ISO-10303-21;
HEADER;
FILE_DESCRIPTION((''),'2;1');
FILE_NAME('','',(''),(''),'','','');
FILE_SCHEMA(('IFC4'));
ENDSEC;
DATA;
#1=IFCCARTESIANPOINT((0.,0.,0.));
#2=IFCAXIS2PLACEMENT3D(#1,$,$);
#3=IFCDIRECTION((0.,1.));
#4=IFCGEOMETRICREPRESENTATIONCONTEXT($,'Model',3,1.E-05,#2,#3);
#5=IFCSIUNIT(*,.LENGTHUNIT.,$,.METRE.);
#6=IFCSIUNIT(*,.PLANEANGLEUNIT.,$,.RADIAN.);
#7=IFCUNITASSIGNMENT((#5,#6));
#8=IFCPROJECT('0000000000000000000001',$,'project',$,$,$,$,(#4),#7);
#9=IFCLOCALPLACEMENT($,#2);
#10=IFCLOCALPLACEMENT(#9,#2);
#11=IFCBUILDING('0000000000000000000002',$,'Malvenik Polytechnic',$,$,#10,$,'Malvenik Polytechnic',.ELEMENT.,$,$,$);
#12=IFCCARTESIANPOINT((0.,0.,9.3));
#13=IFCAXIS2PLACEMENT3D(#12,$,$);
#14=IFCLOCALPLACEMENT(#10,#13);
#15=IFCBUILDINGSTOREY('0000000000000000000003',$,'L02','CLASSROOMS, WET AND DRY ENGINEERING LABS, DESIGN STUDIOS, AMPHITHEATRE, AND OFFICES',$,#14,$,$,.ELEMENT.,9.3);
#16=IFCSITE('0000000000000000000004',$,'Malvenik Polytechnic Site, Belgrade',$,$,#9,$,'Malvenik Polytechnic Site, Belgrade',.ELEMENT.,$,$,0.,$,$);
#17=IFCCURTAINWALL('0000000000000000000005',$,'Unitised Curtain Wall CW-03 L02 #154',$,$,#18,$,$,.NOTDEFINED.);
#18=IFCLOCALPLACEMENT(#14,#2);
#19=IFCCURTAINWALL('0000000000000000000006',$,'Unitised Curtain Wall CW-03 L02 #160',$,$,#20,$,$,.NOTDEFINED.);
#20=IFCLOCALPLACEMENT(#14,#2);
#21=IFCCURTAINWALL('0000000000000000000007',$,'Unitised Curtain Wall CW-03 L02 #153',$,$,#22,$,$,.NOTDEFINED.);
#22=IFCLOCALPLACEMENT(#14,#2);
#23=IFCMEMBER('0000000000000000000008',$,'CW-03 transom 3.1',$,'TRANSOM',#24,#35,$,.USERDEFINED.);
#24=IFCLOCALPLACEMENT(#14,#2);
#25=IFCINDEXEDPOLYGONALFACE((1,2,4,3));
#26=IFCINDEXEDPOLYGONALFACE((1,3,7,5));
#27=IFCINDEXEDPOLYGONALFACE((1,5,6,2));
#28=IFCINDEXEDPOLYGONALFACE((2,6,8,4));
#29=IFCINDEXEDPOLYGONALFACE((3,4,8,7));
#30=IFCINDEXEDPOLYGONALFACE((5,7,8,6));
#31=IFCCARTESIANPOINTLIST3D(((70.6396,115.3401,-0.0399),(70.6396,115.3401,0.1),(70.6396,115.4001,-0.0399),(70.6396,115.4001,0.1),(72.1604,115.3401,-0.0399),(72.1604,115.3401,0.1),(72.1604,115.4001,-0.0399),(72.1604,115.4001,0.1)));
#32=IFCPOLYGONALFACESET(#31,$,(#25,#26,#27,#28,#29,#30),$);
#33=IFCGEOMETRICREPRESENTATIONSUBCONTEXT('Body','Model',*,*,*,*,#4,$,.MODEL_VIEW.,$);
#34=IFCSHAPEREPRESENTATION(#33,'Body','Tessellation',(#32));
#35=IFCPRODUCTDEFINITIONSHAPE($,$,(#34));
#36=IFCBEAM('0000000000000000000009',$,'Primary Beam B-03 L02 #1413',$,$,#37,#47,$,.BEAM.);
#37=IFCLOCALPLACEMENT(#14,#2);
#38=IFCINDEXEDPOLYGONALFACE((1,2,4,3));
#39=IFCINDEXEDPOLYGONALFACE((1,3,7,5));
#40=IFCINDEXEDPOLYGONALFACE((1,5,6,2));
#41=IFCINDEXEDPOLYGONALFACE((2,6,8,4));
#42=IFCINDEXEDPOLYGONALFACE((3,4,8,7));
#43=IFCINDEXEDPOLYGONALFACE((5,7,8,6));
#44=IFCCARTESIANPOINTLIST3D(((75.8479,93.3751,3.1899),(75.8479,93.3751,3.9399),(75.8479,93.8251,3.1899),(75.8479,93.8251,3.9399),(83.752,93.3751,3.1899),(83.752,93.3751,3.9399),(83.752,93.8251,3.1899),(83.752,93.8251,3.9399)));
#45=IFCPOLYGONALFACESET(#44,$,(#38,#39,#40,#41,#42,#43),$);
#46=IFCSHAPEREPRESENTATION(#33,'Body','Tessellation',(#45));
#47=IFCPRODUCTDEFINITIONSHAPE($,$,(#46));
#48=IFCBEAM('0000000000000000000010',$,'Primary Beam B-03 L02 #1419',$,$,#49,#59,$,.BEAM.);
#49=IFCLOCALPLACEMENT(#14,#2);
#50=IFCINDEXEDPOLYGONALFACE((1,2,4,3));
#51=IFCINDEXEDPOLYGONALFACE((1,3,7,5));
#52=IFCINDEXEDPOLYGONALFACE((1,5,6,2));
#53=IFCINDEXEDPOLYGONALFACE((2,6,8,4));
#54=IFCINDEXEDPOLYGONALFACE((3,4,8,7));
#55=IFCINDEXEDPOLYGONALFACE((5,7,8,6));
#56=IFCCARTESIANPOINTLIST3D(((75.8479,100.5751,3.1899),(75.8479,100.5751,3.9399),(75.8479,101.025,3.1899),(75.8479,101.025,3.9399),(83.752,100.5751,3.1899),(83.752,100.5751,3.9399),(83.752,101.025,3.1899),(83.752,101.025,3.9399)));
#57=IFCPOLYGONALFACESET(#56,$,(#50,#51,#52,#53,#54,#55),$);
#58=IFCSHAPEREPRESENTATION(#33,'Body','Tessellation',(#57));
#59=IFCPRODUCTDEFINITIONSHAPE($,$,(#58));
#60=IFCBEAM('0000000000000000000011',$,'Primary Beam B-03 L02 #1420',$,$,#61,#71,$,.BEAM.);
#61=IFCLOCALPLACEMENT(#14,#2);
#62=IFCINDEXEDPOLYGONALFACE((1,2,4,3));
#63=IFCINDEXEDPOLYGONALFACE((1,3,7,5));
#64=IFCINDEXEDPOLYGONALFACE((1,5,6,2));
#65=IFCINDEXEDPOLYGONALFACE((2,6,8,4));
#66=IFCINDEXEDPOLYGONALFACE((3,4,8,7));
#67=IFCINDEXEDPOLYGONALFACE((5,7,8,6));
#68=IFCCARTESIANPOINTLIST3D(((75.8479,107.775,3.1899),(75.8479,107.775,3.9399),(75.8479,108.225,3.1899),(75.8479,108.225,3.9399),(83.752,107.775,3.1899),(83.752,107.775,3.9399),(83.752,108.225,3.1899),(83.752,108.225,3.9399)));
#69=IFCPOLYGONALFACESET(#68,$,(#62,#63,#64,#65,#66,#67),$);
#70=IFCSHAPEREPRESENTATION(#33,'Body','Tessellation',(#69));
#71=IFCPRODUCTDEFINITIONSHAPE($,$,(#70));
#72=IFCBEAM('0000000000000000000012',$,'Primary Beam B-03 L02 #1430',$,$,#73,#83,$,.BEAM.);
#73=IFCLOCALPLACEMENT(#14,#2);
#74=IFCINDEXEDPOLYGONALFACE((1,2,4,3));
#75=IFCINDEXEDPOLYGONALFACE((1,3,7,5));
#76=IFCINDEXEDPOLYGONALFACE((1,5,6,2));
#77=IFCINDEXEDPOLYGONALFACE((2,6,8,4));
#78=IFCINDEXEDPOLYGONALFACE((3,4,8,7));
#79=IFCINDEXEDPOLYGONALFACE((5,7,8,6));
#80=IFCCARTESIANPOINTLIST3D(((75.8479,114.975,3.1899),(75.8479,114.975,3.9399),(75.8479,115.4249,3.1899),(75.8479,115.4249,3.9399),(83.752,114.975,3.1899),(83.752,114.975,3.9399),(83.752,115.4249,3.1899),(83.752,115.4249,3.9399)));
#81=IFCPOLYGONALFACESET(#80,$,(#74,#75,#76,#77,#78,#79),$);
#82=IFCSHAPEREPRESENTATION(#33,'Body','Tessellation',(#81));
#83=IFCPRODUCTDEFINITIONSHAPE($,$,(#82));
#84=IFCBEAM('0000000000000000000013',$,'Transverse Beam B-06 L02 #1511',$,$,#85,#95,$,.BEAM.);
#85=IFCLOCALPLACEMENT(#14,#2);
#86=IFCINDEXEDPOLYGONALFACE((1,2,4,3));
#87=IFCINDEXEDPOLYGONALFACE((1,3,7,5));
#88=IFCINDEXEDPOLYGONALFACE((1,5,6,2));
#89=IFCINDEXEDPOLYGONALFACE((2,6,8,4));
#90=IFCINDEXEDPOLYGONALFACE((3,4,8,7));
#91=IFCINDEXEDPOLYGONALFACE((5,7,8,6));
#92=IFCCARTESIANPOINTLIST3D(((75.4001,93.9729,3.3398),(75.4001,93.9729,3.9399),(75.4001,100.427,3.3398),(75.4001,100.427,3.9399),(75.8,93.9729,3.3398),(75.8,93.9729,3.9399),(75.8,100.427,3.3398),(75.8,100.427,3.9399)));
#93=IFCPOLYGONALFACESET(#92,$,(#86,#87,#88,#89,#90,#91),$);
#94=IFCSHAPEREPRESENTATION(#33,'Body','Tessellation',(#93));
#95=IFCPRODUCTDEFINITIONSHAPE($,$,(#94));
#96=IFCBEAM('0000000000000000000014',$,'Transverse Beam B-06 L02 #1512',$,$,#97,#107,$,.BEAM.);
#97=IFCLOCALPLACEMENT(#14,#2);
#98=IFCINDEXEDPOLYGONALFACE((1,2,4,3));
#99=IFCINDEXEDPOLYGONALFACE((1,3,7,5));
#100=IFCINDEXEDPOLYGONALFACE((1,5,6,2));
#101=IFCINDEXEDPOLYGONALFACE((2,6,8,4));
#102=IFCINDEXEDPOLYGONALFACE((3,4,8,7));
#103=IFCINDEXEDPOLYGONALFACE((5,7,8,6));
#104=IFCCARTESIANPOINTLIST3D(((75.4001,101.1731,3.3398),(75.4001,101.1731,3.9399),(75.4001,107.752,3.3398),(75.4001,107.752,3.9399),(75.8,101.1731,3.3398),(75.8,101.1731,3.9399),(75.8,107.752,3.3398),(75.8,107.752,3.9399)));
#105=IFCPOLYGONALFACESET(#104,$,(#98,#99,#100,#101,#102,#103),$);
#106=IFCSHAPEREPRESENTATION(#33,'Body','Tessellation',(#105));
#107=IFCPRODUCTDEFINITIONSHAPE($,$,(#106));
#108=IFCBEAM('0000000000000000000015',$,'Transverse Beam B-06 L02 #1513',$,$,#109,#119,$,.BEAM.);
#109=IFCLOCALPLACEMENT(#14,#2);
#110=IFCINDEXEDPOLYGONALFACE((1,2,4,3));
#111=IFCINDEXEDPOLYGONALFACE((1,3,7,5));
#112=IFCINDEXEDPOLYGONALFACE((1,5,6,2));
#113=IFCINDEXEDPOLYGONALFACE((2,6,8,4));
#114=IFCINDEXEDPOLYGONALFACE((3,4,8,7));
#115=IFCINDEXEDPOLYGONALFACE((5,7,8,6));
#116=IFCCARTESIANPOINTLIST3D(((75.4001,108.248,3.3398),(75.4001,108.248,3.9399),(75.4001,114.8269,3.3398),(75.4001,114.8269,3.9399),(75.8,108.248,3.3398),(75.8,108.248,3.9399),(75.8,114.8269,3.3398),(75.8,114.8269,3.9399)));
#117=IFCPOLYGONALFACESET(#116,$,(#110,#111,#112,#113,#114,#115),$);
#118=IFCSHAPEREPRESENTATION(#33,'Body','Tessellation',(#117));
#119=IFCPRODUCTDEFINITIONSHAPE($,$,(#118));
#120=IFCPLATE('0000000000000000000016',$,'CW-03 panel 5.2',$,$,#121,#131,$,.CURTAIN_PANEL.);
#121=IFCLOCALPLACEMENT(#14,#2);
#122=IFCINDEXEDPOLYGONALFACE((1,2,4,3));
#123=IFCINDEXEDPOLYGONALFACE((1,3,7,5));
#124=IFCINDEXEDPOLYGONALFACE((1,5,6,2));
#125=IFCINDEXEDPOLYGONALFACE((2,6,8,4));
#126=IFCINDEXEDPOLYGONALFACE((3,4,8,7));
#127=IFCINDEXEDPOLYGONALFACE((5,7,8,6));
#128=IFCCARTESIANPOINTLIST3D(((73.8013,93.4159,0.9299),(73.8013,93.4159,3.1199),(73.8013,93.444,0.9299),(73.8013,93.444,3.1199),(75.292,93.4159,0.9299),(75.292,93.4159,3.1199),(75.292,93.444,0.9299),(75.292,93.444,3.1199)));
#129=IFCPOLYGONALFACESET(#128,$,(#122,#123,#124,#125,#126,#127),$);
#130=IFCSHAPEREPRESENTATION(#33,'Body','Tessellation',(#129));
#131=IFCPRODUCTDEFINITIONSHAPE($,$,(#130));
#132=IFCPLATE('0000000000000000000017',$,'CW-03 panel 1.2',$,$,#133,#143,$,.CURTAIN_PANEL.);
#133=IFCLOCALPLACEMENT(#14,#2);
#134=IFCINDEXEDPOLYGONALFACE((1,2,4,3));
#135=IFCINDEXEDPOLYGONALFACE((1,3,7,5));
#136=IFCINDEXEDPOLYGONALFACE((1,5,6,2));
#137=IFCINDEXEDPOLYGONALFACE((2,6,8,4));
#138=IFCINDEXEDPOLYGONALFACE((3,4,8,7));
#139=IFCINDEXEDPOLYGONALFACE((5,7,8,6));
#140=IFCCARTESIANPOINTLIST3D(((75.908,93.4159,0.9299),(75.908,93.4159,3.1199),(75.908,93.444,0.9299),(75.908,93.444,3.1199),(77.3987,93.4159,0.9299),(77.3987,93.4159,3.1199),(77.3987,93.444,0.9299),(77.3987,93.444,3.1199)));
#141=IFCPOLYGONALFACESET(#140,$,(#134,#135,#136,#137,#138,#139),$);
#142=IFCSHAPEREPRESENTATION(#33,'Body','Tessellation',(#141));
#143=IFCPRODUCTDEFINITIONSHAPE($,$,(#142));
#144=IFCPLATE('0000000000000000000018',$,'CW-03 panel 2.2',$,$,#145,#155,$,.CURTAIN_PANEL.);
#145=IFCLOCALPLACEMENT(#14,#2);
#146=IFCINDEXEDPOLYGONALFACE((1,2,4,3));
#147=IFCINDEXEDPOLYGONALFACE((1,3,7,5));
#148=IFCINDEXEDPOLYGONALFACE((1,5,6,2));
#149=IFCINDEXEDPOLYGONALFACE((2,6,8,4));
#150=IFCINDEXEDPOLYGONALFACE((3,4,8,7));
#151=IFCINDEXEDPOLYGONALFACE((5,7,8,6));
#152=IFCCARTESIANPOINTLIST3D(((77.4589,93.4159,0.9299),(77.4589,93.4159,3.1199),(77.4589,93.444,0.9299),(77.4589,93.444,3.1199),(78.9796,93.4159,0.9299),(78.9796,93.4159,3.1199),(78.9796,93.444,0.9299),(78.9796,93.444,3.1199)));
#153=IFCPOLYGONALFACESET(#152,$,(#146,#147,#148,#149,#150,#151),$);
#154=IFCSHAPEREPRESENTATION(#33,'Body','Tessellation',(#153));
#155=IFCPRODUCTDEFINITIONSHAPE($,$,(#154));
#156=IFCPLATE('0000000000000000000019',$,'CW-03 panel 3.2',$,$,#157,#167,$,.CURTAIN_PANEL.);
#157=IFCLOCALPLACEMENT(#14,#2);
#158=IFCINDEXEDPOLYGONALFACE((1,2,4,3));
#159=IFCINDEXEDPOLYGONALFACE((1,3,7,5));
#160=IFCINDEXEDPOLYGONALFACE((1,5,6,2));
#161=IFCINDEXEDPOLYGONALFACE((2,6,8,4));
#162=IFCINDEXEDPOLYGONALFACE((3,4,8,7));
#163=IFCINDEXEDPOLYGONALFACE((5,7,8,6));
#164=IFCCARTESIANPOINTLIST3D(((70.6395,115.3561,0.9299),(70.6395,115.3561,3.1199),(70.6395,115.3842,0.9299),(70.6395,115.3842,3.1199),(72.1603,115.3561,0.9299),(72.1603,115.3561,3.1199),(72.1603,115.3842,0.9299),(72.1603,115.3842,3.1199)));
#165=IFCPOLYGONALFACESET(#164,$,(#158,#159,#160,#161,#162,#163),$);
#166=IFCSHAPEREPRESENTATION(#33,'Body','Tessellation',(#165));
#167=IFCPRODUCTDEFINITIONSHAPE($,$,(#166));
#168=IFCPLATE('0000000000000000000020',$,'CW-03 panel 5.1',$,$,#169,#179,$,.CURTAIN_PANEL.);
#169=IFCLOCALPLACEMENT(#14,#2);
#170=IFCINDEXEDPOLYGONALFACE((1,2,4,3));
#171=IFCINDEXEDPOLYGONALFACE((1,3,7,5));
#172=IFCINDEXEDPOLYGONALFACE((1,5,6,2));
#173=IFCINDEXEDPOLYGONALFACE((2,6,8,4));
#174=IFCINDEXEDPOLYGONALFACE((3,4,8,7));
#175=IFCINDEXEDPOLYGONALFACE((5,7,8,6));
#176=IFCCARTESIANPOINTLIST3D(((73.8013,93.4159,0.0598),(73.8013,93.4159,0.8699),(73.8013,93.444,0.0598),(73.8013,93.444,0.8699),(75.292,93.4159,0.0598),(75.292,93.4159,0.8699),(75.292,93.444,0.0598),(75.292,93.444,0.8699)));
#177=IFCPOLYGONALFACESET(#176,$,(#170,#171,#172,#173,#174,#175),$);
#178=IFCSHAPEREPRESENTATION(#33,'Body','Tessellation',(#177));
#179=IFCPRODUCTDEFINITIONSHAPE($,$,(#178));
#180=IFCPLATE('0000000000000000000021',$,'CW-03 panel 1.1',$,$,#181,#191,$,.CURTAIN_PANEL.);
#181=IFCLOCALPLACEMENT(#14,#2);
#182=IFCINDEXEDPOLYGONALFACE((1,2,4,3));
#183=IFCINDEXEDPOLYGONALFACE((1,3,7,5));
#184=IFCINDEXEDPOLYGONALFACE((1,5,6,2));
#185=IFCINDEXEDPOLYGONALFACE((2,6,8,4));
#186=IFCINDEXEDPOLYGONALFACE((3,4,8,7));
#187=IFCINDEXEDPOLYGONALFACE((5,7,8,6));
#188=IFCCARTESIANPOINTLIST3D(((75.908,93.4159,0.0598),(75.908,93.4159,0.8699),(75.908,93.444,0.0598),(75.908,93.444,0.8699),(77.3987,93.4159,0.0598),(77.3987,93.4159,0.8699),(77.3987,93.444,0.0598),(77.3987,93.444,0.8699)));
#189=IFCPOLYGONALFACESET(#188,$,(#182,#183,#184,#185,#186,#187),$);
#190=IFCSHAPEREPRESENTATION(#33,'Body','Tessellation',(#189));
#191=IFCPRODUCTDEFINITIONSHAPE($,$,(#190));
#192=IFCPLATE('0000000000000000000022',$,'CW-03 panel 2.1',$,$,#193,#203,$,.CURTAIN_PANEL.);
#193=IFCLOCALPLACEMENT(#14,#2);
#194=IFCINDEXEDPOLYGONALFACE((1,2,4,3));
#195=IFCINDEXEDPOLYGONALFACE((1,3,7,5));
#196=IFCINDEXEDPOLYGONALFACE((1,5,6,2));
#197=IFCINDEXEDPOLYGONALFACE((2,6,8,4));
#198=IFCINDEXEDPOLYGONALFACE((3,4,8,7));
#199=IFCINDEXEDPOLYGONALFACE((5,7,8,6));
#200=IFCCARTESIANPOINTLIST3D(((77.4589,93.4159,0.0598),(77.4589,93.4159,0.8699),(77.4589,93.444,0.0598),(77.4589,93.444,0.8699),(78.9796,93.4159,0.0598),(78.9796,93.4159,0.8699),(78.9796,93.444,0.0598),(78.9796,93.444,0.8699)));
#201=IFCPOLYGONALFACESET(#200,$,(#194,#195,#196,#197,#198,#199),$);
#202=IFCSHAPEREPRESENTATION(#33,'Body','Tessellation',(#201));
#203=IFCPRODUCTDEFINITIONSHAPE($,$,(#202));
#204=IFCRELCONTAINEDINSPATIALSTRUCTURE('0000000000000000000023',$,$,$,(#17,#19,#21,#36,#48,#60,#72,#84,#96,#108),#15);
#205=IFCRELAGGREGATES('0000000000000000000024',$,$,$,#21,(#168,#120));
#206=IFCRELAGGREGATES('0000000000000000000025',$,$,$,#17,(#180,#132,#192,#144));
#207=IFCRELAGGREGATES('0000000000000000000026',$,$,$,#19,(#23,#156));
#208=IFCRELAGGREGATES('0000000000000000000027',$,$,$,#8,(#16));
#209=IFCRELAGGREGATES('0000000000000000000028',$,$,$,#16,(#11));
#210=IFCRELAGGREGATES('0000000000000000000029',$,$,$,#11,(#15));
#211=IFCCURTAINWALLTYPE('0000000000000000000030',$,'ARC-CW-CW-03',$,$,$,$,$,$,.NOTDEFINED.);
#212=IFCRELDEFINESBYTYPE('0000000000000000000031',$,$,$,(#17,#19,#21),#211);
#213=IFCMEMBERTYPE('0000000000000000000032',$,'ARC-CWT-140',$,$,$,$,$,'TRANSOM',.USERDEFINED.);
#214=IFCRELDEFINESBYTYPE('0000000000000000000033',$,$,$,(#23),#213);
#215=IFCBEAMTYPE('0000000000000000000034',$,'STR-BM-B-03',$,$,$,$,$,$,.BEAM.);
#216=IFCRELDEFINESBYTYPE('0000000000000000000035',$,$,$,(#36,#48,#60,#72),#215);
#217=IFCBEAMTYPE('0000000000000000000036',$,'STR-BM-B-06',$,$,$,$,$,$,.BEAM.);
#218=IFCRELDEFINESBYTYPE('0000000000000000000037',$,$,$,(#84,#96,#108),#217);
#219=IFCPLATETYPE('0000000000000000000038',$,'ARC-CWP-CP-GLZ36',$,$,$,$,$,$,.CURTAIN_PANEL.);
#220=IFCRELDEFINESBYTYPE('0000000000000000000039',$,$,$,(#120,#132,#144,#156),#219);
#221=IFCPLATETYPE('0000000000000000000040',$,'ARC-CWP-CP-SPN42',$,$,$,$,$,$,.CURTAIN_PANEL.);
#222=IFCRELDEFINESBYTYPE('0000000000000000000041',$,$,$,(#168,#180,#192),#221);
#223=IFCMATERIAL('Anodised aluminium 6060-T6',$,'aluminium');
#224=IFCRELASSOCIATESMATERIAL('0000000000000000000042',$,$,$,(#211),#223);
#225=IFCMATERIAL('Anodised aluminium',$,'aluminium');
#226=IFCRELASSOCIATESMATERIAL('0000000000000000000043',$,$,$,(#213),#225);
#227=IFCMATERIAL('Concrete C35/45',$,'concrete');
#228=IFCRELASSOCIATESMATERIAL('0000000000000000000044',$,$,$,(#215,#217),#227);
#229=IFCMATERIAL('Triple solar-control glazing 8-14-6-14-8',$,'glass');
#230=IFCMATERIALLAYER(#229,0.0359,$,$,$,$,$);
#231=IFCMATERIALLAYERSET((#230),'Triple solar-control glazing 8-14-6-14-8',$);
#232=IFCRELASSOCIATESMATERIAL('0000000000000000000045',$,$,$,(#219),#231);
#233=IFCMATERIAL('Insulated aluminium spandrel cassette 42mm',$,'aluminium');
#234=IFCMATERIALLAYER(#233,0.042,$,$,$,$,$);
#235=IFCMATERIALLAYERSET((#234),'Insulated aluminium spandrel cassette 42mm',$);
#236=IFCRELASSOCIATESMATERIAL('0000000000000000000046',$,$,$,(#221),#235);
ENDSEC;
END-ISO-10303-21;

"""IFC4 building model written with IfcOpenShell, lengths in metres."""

from ifc_helpers import new_model, si_unit, direction, frame, origin, origin_2d, place, context, subcontext, project, spatial, rectangle, extrude, material, layer, layer_set, material_profile, profile_set, type_object, element, aggregate, save


model = new_model("IFC4")

# Units and contexts
model_context = context("Model", 3, precision=1e-05, world=origin(), true_north=direction((0.0, 1.0)))
body_context = subcontext(model_context, "Body", "Model", "MODEL_VIEW")
ifc_project = project(units=[si_unit("LENGTHUNIT", "METRE"), si_unit("PLANEANGLEUNIT", "RADIAN")], contexts=[model_context])

# Site, building, storey
site_placement = place(None, origin())
site = spatial("IfcSite", under=ifc_project, at=site_placement, Name="Malvenik Polytechnic Site, Belgrade", LongName="Malvenik Polytechnic Site, Belgrade", CompositionType="ELEMENT", RefElevation=0.0)
building_placement = place(site_placement, origin())
building = spatial("IfcBuilding", under=site, at=building_placement, Name="Malvenik Polytechnic", LongName="Malvenik Polytechnic", CompositionType="ELEMENT")
storey_placement = place(building_placement, frame((0.0, 0.0, 9.3)))
storey = spatial("IfcBuildingStorey", under=building, at=storey_placement, Name="L02", Description="CLASSROOMS, WET AND DRY ENGINEERING LABS, DESIGN STUDIOS, AMPHITHEATRE, AND OFFICES", CompositionType="ELEMENT", Elevation=9.3)

# Shared definitions
ifc_material_1 = material(Name="Concrete C35/45", Category="concrete")

# Curtain wall
ifc_material_2 = material(Name="Anodised aluminium 6060-T6", Category="aluminium")
curtain_wall_type = type_object("IfcCurtainWallType", Name="ARC-CW-CW-03", PredefinedType="NOTDEFINED", material=ifc_material_2)
curtain_wall_1_placement = place(storey_placement, origin())
curtain_wall_1 = element("IfcCurtainWall", 1, at=curtain_wall_1_placement, inside=storey, type_object=curtain_wall_type, Name="Unitised Curtain Wall CW-03 L02 #154", PredefinedType="NOTDEFINED")
ifc_material_3 = material(Name="Anodised aluminium", Category="aluminium")

# Curtain wall
curtain_wall_2_placement = place(storey_placement, origin())
curtain_wall_2 = element("IfcCurtainWall", 2, at=curtain_wall_2_placement, inside=storey, type_object=curtain_wall_type, Name="Unitised Curtain Wall CW-03 L02 #160", PredefinedType="NOTDEFINED")

# Curtain wall
curtain_wall_3_placement = place(storey_placement, origin())
curtain_wall_3 = element("IfcCurtainWall", 3, at=curtain_wall_3_placement, inside=storey, type_object=curtain_wall_type, Name="Unitised Curtain Wall CW-03 L02 #153", PredefinedType="NOTDEFINED")

# Member
ifc_material_profile_1 = material_profile(ifc_material_3, rectangle(XDim=0.0601, YDim=0.1399, at=origin_2d()), Name="ALU TRANSOM 60x140")
ifc_profile_set_1 = profile_set([ifc_material_profile_1], Name="Anodised aluminium")
member_type_1 = type_object("IfcMemberType", Name="ARC-CWT-140", ElementType="TRANSOM", PredefinedType="USERDEFINED", material=ifc_profile_set_1)
member_1_placement = place(storey_placement, frame((72.1604, 115.3701, 0.03), z_axis=(-1.0, 0.0, 0.0), x_axis=(0.0, -1.0, 0.0)))
member_1 = element("IfcMember", 4, at=member_1_placement, type_object=member_type_1, Name="CW-03 transom 3.1", ObjectType="TRANSOM", PredefinedType="USERDEFINED", context=body_context, shape_type="SweptSolid", body=[
    extrude(rectangle(XDim=0.0601, YDim=0.1399, at=origin_2d()), origin(), (0.0, 0.0, 1.0), 1.5208),
])

# Beams
ifc_material_profile_2 = material_profile(ifc_material_1, rectangle(XDim=0.45, YDim=0.75, at=origin_2d()), Name="RC BM 450x750")
ifc_profile_set_2 = profile_set([ifc_material_profile_2], Name="Concrete C35/45")
beam_type_1 = type_object("IfcBeamType", Name="STR-BM-B-03", PredefinedType="BEAM", material=ifc_profile_set_2)
for number, where, z_axis, x_axis, name in (
    (5, (75.8479, 93.6001, 3.5649), (1.0, 0.0, 0.0), (0.0, 1.0, 0.0), "Primary Beam B-03 L02 #1413"),
    (6, (75.8479, 100.8, 3.5649), (1.0, 0.0, 0.0), (0.0, 1.0, 0.0), "Primary Beam B-03 L02 #1419"),
    (7, (75.8479, 108.0, 3.5649), (1.0, 0.0, 0.0), (0.0, 1.0, 0.0), "Primary Beam B-03 L02 #1420"),
    (8, (75.8479, 115.2, 3.5649), (1.0, 0.0, 0.0), (0.0, 1.0, 0.0), "Primary Beam B-03 L02 #1430"),
):
    element("IfcBeam", number, at=place(storey_placement, frame(where, z_axis=z_axis, x_axis=x_axis)), inside=storey, type_object=beam_type_1, Name=name, PredefinedType="BEAM", context=body_context, shape_type="SweptSolid", body=[
        extrude(rectangle(XDim=0.45, YDim=0.75, at=origin_2d()), origin(), (0.0, 0.0, 1.0), 7.9041),
    ])
ifc_material_profile_3 = material_profile(ifc_material_1, rectangle(XDim=0.3999, YDim=0.6001, at=origin_2d()), Name="RC BM 400x600")
ifc_profile_set_3 = profile_set([ifc_material_profile_3], Name="Concrete C35/45")
beam_type_2 = type_object("IfcBeamType", Name="STR-BM-B-06", PredefinedType="BEAM", material=ifc_profile_set_3)
beam_placement = place(storey_placement, frame((75.6001, 93.9729, 3.6399), z_axis=(0.0, 1.0, 0.0), x_axis=(-1.0, 0.0, 0.0)))
element("IfcBeam", 9, at=beam_placement, inside=storey, type_object=beam_type_2, Name="Transverse Beam B-06 L02 #1511", PredefinedType="BEAM", context=body_context, shape_type="SweptSolid", body=[
    extrude(rectangle(XDim=0.3999, YDim=0.6001, at=origin_2d()), origin(), (0.0, 0.0, 1.0), 6.4541),
])
for number, where, z_axis, x_axis, name in (
    (10, (75.6001, 101.1731, 3.6399), (0.0, 1.0, 0.0), (-1.0, 0.0, 0.0), "Transverse Beam B-06 L02 #1512"),
    (11, (75.6001, 108.248, 3.6399), (0.0, 1.0, 0.0), (-1.0, 0.0, 0.0), "Transverse Beam B-06 L02 #1513"),
):
    element("IfcBeam", number, at=place(storey_placement, frame(where, z_axis=z_axis, x_axis=x_axis)), inside=storey, type_object=beam_type_2, Name=name, PredefinedType="BEAM", context=body_context, shape_type="SweptSolid", body=[
        extrude(rectangle(XDim=0.3999, YDim=0.6001, at=origin_2d()), origin(), (0.0, 0.0, 1.0), 6.5789),
    ])

# Plates
ifc_material_4 = material(Name="Triple solar-control glazing 8-14-6-14-8", Category="glass")
ifc_layer_1 = layer(ifc_material_4, 0.0359)
ifc_layer_set_1 = layer_set([ifc_layer_1], Name="Triple solar-control glazing 8-14-6-14-8")
plate_type_1 = type_object("IfcPlateType", Name="ARC-CWP-CP-GLZ36", PredefinedType="CURTAIN_PANEL", material=ifc_layer_set_1)
plate_1_placement = place(storey_placement, frame((74.5466, 93.4299, 0.9299), z_axis=(0.0, 0.0, 1.0), x_axis=(1.0, 0.0, 0.0)))
plate_1 = element("IfcPlate", 12, at=plate_1_placement, type_object=plate_type_1, Name="CW-03 panel 5.2", PredefinedType="CURTAIN_PANEL", context=body_context, shape_type="SweptSolid", body=[
    extrude(rectangle(XDim=1.4907, YDim=0.0281, at=origin_2d()), origin(), (0.0, 0.0, 1.0), 2.1899),
])
plate_2_placement = place(storey_placement, frame((76.6533, 93.4299, 0.9299), z_axis=(0.0, 0.0, 1.0), x_axis=(1.0, 0.0, 0.0)))
plate_2 = element("IfcPlate", 13, at=plate_2_placement, type_object=plate_type_1, Name="CW-03 panel 1.2", PredefinedType="CURTAIN_PANEL", context=body_context, shape_type="SweptSolid", body=[
    extrude(rectangle(XDim=1.4907, YDim=0.0281, at=origin_2d()), origin(), (0.0, 0.0, 1.0), 2.1899),
])
plate_3_placement = place(storey_placement, frame((78.2192, 93.4299, 0.9299), z_axis=(0.0, 0.0, 1.0), x_axis=(1.0, 0.0, 0.0)))
plate_3 = element("IfcPlate", 14, at=plate_3_placement, type_object=plate_type_1, Name="CW-03 panel 2.2", PredefinedType="CURTAIN_PANEL", context=body_context, shape_type="SweptSolid", body=[
    extrude(rectangle(XDim=1.5208, YDim=0.0281, at=origin_2d()), origin(), (0.0, 0.0, 1.0), 2.1899),
])
plate_4_placement = place(storey_placement, frame((71.3999, 115.3701, 0.9299), z_axis=(0.0, 0.0, 1.0), x_axis=(-1.0, 0.0, 0.0)))
plate_4 = element("IfcPlate", 15, at=plate_4_placement, type_object=plate_type_1, Name="CW-03 panel 3.2", PredefinedType="CURTAIN_PANEL", context=body_context, shape_type="SweptSolid", body=[
    extrude(rectangle(XDim=1.5208, YDim=0.0281, at=origin_2d()), origin(), (0.0, 0.0, 1.0), 2.1899),
])
ifc_material_5 = material(Name="Insulated aluminium spandrel cassette 42mm", Category="aluminium")
ifc_layer_2 = layer(ifc_material_5, 0.042)
ifc_layer_set_2 = layer_set([ifc_layer_2], Name="Insulated aluminium spandrel cassette 42mm")
plate_type_2 = type_object("IfcPlateType", Name="ARC-CWP-CP-SPN42", PredefinedType="CURTAIN_PANEL", material=ifc_layer_set_2)
plate_5_placement = place(storey_placement, frame((74.5466, 93.4299, 0.0598), z_axis=(0.0, 0.0, 1.0), x_axis=(1.0, 0.0, 0.0)))
plate_5 = element("IfcPlate", 16, at=plate_5_placement, type_object=plate_type_2, Name="CW-03 panel 5.1", PredefinedType="CURTAIN_PANEL", context=body_context, shape_type="SweptSolid", body=[
    extrude(rectangle(XDim=1.4907, YDim=0.0281, at=origin_2d()), origin(), (0.0, 0.0, 1.0), 0.8101),
])
aggregate(curtain_wall_3, [plate_5, plate_1])
plate_6_placement = place(storey_placement, frame((76.6533, 93.4299, 0.0598), z_axis=(0.0, 0.0, 1.0), x_axis=(1.0, 0.0, 0.0)))
plate_6 = element("IfcPlate", 17, at=plate_6_placement, type_object=plate_type_2, Name="CW-03 panel 1.1", PredefinedType="CURTAIN_PANEL", context=body_context, shape_type="SweptSolid", body=[
    extrude(rectangle(XDim=1.4907, YDim=0.0281, at=origin_2d()), origin(), (0.0, 0.0, 1.0), 0.8101),
])
plate_7_placement = place(storey_placement, frame((78.2192, 93.4299, 0.0598), z_axis=(0.0, 0.0, 1.0), x_axis=(1.0, 0.0, 0.0)))
plate_7 = element("IfcPlate", 18, at=plate_7_placement, type_object=plate_type_2, Name="CW-03 panel 2.1", PredefinedType="CURTAIN_PANEL", context=body_context, shape_type="SweptSolid", body=[
    extrude(rectangle(XDim=1.5208, YDim=0.0281, at=origin_2d()), origin(), (0.0, 0.0, 1.0), 0.8101),
])
aggregate(curtain_wall_1, [plate_6, plate_2, plate_7, plate_3])
aggregate(curtain_wall_2, [member_1, plate_4])

save(model, "model.ifc")
